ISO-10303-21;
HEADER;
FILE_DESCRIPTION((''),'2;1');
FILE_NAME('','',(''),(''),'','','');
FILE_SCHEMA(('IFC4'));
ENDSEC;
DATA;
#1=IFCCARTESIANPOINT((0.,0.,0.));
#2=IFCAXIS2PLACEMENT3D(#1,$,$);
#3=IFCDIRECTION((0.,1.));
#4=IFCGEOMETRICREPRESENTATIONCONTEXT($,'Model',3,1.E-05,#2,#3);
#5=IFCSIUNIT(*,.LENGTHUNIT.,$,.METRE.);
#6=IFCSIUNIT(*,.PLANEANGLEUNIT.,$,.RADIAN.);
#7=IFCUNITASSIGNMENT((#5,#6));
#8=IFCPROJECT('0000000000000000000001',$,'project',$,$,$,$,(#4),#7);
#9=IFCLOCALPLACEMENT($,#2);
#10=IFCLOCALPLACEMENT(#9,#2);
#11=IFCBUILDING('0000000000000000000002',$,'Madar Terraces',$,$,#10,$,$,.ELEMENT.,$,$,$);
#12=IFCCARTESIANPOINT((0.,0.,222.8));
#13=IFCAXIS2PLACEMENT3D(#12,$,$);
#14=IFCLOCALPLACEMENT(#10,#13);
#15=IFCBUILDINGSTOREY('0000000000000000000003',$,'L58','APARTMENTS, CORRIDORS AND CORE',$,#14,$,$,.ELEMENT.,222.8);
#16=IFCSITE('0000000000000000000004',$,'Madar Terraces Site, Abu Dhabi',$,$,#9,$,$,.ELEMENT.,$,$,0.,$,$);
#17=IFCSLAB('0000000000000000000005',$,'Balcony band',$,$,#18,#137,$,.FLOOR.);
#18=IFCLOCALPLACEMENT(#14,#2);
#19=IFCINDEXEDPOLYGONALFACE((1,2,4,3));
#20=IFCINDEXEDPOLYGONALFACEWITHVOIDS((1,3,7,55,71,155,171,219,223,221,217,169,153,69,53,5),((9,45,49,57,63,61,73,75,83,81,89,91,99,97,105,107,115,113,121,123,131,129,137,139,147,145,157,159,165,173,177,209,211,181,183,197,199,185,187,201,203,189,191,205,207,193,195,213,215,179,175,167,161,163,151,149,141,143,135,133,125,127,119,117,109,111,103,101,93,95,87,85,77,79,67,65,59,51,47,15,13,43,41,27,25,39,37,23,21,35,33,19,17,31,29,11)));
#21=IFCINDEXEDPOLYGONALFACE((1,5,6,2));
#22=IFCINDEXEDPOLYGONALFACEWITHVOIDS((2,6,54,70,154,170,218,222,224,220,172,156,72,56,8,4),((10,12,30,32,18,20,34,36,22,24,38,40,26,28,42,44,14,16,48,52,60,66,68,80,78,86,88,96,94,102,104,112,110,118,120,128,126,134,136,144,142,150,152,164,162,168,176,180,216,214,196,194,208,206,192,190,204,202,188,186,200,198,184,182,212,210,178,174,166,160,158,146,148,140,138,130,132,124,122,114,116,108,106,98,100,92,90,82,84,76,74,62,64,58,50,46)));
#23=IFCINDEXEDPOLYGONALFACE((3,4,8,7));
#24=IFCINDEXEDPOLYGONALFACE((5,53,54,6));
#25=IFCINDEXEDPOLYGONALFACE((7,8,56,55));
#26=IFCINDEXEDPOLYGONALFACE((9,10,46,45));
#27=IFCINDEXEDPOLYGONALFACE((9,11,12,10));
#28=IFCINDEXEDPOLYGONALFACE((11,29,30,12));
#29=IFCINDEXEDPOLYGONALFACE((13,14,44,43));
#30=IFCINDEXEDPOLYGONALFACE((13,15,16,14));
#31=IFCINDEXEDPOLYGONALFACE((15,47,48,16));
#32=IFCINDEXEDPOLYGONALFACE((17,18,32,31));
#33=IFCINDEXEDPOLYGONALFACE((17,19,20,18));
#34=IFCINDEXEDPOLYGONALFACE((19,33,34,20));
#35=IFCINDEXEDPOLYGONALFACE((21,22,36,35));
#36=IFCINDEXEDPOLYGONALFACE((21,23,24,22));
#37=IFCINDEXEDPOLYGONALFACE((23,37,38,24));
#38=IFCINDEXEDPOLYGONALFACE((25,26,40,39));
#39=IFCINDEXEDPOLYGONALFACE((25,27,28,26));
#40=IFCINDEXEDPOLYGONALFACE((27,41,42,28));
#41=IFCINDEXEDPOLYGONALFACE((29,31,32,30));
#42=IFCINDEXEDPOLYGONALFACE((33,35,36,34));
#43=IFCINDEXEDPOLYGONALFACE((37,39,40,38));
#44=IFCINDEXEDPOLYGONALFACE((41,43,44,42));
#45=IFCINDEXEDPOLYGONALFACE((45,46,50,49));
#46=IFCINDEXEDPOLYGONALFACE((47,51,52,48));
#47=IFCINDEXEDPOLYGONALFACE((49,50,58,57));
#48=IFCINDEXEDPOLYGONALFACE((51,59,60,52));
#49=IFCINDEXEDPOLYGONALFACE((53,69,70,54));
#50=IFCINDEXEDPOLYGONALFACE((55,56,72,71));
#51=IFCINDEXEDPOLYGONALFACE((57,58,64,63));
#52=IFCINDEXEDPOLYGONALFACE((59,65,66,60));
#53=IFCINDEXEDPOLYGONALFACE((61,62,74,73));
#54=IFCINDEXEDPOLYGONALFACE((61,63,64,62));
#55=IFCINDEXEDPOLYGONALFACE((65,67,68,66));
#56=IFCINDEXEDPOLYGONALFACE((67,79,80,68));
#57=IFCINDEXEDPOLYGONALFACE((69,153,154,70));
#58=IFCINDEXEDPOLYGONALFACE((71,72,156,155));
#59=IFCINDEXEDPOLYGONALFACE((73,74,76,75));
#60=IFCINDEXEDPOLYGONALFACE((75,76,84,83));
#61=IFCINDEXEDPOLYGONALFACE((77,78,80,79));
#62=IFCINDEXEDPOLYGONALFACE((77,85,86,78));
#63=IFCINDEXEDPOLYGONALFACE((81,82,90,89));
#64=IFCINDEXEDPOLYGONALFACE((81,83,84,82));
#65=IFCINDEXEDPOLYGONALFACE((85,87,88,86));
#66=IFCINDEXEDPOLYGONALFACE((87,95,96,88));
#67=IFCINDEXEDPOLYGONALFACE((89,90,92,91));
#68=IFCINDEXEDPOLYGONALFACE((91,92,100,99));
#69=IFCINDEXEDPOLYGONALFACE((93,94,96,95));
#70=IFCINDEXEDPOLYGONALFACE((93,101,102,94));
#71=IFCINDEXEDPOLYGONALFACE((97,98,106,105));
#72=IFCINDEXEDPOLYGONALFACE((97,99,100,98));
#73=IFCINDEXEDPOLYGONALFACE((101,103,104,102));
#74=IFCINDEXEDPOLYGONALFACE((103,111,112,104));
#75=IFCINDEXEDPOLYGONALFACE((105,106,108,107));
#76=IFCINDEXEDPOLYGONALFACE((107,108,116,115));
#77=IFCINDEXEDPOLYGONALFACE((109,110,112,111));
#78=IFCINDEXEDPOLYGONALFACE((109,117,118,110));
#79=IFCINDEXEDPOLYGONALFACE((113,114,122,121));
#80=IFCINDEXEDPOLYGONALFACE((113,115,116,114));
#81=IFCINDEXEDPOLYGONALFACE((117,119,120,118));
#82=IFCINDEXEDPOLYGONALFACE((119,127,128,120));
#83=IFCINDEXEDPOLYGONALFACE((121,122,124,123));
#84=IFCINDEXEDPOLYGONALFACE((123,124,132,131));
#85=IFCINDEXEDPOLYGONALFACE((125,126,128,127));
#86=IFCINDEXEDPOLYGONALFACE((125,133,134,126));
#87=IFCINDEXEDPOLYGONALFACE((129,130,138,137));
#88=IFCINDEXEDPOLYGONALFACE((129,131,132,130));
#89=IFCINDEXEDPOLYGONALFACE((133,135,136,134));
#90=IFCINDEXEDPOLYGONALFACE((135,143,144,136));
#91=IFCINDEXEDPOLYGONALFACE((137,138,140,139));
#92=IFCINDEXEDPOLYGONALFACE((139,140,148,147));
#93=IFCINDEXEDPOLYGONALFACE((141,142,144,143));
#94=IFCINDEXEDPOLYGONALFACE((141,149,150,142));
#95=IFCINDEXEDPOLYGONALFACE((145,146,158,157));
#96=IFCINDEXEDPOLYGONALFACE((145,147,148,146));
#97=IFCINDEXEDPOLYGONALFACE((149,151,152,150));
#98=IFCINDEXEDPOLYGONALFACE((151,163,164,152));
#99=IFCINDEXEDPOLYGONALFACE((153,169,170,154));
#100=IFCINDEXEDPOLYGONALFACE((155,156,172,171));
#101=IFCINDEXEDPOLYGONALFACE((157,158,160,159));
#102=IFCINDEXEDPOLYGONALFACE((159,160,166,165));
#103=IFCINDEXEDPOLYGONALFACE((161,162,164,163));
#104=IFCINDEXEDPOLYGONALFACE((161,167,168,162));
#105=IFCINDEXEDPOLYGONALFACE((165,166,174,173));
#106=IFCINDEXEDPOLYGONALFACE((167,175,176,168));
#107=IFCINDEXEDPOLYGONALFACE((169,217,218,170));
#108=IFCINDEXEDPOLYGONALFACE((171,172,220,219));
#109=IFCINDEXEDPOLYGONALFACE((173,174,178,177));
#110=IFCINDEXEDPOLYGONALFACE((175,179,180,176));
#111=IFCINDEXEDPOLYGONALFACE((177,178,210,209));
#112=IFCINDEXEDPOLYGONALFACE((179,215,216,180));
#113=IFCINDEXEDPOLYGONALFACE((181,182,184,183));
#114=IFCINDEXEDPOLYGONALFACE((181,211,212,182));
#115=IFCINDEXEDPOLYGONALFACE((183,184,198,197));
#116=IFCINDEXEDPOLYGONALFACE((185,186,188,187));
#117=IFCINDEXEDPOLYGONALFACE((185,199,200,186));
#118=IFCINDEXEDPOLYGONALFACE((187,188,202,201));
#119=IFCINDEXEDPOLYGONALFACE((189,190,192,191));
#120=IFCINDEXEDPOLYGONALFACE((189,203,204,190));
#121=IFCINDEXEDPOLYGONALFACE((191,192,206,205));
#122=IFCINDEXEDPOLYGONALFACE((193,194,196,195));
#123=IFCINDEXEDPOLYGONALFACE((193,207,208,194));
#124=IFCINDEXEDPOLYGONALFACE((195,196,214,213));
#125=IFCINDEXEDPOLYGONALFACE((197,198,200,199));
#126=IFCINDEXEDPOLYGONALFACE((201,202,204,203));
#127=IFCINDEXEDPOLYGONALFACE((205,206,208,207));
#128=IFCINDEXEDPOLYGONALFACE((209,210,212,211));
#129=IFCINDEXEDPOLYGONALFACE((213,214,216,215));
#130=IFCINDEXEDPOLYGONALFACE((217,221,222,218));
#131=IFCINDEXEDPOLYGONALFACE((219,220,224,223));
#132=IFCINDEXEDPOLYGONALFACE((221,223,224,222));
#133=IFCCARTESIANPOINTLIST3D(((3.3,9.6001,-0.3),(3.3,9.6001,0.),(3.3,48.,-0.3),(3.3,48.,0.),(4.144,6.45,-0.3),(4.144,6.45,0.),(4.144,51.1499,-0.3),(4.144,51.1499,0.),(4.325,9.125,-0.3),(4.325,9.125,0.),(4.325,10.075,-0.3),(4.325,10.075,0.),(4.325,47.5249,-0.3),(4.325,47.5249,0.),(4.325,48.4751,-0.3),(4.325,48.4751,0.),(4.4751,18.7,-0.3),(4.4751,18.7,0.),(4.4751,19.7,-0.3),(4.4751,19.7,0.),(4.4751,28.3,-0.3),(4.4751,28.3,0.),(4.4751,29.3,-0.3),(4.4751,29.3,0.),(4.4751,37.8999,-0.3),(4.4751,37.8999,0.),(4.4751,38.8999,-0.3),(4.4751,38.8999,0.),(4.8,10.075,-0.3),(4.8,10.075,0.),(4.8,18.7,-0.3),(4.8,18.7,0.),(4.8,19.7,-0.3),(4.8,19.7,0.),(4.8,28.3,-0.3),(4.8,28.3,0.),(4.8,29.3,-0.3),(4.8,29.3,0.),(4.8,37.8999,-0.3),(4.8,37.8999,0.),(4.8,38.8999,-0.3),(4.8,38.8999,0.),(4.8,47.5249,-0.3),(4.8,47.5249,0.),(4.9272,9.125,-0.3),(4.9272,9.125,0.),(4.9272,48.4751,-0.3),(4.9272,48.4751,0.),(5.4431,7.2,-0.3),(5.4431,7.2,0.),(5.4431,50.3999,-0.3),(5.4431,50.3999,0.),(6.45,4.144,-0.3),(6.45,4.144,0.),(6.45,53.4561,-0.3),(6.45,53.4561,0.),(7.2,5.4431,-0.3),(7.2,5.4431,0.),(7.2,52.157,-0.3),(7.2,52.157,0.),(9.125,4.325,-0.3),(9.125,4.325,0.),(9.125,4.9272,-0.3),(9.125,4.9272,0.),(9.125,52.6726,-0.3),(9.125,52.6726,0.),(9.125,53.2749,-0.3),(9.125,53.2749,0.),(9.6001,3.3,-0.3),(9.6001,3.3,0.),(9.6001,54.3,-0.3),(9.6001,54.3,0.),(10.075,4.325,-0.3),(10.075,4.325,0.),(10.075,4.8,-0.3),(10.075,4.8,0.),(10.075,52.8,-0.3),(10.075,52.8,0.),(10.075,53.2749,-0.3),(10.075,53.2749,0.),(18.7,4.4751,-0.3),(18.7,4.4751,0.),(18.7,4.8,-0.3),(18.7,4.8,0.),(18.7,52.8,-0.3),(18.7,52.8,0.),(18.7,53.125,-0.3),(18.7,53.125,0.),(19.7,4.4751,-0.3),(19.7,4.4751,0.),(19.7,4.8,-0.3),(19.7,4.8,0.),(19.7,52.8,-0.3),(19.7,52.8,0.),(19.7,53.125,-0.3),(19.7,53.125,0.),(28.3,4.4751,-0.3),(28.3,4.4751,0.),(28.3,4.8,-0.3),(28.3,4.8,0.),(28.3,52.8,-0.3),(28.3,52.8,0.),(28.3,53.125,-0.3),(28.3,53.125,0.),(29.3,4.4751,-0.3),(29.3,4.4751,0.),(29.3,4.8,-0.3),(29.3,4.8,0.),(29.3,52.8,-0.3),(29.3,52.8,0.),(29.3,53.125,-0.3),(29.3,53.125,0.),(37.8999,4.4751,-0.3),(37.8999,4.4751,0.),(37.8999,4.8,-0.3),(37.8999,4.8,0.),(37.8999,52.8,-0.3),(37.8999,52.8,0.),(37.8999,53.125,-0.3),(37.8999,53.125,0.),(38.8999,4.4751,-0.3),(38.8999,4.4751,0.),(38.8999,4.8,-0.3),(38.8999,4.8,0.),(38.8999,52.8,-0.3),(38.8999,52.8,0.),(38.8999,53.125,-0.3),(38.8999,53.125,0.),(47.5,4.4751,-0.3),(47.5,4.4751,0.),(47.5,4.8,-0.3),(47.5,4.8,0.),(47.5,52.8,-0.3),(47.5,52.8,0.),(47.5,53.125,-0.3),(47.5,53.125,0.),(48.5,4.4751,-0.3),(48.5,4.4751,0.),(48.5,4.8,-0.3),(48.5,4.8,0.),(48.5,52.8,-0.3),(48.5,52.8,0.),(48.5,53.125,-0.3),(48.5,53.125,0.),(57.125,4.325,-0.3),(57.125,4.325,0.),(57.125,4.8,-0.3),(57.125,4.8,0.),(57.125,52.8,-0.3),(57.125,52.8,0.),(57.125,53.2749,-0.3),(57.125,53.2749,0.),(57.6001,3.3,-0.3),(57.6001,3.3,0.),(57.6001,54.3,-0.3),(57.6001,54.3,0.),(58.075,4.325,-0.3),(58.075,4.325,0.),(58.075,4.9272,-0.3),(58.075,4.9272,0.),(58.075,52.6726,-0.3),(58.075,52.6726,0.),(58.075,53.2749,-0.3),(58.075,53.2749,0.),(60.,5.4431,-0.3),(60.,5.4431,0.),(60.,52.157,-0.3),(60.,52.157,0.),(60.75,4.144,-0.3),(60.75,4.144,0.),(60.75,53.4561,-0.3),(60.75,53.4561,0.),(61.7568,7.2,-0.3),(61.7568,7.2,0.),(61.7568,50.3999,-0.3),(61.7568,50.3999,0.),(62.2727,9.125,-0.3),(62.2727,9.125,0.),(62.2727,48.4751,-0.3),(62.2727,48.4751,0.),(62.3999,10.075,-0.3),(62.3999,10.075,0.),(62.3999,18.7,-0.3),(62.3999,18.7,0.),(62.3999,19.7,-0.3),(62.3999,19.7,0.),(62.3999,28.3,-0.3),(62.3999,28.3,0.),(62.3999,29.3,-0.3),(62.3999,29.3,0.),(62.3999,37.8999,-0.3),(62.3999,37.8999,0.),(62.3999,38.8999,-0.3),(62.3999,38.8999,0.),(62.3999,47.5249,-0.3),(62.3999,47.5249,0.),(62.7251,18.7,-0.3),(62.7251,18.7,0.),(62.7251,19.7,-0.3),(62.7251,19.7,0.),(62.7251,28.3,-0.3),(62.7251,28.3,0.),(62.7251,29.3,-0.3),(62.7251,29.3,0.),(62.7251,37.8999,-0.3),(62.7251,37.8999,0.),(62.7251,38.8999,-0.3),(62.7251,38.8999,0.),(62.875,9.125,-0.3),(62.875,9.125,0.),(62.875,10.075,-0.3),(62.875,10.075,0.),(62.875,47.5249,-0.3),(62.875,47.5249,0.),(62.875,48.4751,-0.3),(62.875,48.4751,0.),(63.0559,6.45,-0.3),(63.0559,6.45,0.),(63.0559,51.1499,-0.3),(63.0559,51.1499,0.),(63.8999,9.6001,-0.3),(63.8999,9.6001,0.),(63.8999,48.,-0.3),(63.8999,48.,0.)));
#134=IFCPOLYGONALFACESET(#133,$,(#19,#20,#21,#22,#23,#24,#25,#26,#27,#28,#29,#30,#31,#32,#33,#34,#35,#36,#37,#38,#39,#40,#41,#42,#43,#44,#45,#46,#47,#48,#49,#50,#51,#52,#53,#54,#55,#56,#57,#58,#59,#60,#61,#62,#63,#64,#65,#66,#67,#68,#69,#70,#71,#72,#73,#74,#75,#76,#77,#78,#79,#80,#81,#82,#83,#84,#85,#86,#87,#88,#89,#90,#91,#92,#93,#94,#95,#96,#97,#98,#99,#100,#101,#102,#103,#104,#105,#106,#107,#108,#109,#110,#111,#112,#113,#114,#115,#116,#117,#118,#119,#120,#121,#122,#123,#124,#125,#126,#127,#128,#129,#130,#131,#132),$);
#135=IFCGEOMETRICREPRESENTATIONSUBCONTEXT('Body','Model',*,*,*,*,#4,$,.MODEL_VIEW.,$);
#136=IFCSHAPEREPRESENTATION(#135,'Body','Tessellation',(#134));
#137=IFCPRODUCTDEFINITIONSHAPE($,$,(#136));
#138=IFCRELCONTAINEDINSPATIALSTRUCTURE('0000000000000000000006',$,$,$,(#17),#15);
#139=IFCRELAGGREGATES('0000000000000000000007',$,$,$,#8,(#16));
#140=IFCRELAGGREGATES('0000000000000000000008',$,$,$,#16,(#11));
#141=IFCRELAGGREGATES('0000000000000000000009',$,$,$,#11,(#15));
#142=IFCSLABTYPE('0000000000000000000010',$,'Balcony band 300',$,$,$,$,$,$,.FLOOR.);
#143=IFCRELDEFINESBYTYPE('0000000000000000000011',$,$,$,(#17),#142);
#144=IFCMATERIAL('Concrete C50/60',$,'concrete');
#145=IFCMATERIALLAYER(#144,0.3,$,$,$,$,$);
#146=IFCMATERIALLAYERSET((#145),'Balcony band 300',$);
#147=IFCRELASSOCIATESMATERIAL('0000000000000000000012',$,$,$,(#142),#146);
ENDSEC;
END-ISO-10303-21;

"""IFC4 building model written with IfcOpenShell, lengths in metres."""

from ifc_helpers import new_model, si_unit, direction, frame, origin, place, context, subcontext, project, spatial, polyline, outline, extrude, material, layer, layer_set, type_object, element, save


model = new_model("IFC4")

# Units and contexts
model_context = context("Model", 3, precision=1e-05, world=origin(), true_north=direction((0.0, 1.0)))
body_context = subcontext(model_context, "Body", "Model", "MODEL_VIEW")
ifc_project = project(units=[si_unit("LENGTHUNIT", "METRE"), si_unit("PLANEANGLEUNIT", "RADIAN")], contexts=[model_context])

# Site, building, storey
site_placement = place(None, origin())
site = spatial("IfcSite", under=ifc_project, at=site_placement, Name="Madar Terraces Site, Abu Dhabi", CompositionType="ELEMENT", RefElevation=0.0)
building_placement = place(site_placement, origin())
building = spatial("IfcBuilding", under=site, at=building_placement, Name="Madar Terraces", CompositionType="ELEMENT")
storey_placement = place(building_placement, frame((0.0, 0.0, 222.8)))
storey = spatial("IfcBuildingStorey", under=building, at=storey_placement, Name="L58", Description="APARTMENTS, CORRIDORS AND CORE", CompositionType="ELEMENT", Elevation=222.8)

# Slab
ifc_material_1 = material(Name="Concrete C50/60", Category="concrete")
ifc_layer_1 = layer(ifc_material_1, 0.3)
ifc_layer_set_1 = layer_set([ifc_layer_1], Name="Balcony band 300")
slab_type_1 = type_object("IfcSlabType", Name="Balcony band 300", PredefinedType="FLOOR", material=ifc_layer_set_1)
slab_1_placement = place(storey_placement, frame((0.0, 0.0, -0.3)))
element("IfcSlab", 1, at=slab_1_placement, inside=storey, type_object=slab_type_1, Name="Balcony band", PredefinedType="FLOOR", context=body_context, shape_type="SweptSolid", body=[
    extrude(outline(polyline([(9.6001, 3.3), (6.45, 4.144), (4.144, 6.45), (3.3, 9.6001), (3.3, 48.0), (4.144, 51.1499), (6.45, 53.4561), (9.6001, 54.3), (57.6001, 54.3), (60.75, 53.4561), (63.0559, 51.1499), (63.8999, 48.0), (63.8999, 9.6001), (63.0559, 6.45), (60.75, 4.144), (57.6001, 3.3), (9.6001, 3.3)]), holes=[polyline([(10.075, 4.325), (10.075, 4.8), (18.7, 4.8), (18.7, 4.4751), (19.7, 4.4751), (19.7, 4.8), (28.3, 4.8), (28.3, 4.4751), (29.3, 4.4751), (29.3, 4.8), (37.8999, 4.8), (37.8999, 4.4751), (38.8999, 4.4751), (38.8999, 4.8), (47.5, 4.8), (47.5, 4.4751), (48.5, 4.4751), (48.5, 4.8), (57.125, 4.8), (57.125, 4.325), (58.075, 4.325), (58.075, 4.9272), (60.0, 5.4431), (61.7568, 7.2), (62.2727, 9.125), (62.875, 9.125), (62.875, 10.075), (62.3999, 10.075), (62.3999, 18.7), (62.7251, 18.7), (62.7251, 19.7), (62.3999, 19.7), (62.3999, 28.3), (62.7251, 28.3), (62.7251, 29.3), (62.3999, 29.3), (62.3999, 37.8999), (62.7251, 37.8999), (62.7251, 38.8999), (62.3999, 38.8999), (62.3999, 47.5249), (62.875, 47.5249), (62.875, 48.4751), (62.2727, 48.4751), (61.7568, 50.3999), (60.0, 52.157), (58.075, 52.6726), (58.075, 53.2749), (57.125, 53.2749), (57.125, 52.8), (48.5, 52.8), (48.5, 53.125), (47.5, 53.125), (47.5, 52.8), (38.8999, 52.8), (38.8999, 53.125), (37.8999, 53.125), (37.8999, 52.8), (29.3, 52.8), (29.3, 53.125), (28.3, 53.125), (28.3, 52.8), (19.7, 52.8), (19.7, 53.125), (18.7, 53.125), (18.7, 52.8), (10.075, 52.8), (10.075, 53.2749), (9.125, 53.2749), (9.125, 52.6726), (7.2, 52.157), (5.4431, 50.3999), (4.9272, 48.4751), (4.325, 48.4751), (4.325, 47.5249), (4.8, 47.5249), (4.8, 38.8999), (4.4751, 38.8999), (4.4751, 37.8999), (4.8, 37.8999), (4.8, 29.3), (4.4751, 29.3), (4.4751, 28.3), (4.8, 28.3), (4.8, 19.7), (4.4751, 19.7), (4.4751, 18.7), (4.8, 18.7), (4.8, 10.075), (4.325, 10.075), (4.325, 9.125), (4.9272, 9.125), (5.4431, 7.2), (7.2, 5.4431), (9.125, 4.9272), (9.125, 4.325), (10.075, 4.325)])]), origin(), (0.0, 0.0, 1.0), 0.3),
])

save(model, "model.ifc")
